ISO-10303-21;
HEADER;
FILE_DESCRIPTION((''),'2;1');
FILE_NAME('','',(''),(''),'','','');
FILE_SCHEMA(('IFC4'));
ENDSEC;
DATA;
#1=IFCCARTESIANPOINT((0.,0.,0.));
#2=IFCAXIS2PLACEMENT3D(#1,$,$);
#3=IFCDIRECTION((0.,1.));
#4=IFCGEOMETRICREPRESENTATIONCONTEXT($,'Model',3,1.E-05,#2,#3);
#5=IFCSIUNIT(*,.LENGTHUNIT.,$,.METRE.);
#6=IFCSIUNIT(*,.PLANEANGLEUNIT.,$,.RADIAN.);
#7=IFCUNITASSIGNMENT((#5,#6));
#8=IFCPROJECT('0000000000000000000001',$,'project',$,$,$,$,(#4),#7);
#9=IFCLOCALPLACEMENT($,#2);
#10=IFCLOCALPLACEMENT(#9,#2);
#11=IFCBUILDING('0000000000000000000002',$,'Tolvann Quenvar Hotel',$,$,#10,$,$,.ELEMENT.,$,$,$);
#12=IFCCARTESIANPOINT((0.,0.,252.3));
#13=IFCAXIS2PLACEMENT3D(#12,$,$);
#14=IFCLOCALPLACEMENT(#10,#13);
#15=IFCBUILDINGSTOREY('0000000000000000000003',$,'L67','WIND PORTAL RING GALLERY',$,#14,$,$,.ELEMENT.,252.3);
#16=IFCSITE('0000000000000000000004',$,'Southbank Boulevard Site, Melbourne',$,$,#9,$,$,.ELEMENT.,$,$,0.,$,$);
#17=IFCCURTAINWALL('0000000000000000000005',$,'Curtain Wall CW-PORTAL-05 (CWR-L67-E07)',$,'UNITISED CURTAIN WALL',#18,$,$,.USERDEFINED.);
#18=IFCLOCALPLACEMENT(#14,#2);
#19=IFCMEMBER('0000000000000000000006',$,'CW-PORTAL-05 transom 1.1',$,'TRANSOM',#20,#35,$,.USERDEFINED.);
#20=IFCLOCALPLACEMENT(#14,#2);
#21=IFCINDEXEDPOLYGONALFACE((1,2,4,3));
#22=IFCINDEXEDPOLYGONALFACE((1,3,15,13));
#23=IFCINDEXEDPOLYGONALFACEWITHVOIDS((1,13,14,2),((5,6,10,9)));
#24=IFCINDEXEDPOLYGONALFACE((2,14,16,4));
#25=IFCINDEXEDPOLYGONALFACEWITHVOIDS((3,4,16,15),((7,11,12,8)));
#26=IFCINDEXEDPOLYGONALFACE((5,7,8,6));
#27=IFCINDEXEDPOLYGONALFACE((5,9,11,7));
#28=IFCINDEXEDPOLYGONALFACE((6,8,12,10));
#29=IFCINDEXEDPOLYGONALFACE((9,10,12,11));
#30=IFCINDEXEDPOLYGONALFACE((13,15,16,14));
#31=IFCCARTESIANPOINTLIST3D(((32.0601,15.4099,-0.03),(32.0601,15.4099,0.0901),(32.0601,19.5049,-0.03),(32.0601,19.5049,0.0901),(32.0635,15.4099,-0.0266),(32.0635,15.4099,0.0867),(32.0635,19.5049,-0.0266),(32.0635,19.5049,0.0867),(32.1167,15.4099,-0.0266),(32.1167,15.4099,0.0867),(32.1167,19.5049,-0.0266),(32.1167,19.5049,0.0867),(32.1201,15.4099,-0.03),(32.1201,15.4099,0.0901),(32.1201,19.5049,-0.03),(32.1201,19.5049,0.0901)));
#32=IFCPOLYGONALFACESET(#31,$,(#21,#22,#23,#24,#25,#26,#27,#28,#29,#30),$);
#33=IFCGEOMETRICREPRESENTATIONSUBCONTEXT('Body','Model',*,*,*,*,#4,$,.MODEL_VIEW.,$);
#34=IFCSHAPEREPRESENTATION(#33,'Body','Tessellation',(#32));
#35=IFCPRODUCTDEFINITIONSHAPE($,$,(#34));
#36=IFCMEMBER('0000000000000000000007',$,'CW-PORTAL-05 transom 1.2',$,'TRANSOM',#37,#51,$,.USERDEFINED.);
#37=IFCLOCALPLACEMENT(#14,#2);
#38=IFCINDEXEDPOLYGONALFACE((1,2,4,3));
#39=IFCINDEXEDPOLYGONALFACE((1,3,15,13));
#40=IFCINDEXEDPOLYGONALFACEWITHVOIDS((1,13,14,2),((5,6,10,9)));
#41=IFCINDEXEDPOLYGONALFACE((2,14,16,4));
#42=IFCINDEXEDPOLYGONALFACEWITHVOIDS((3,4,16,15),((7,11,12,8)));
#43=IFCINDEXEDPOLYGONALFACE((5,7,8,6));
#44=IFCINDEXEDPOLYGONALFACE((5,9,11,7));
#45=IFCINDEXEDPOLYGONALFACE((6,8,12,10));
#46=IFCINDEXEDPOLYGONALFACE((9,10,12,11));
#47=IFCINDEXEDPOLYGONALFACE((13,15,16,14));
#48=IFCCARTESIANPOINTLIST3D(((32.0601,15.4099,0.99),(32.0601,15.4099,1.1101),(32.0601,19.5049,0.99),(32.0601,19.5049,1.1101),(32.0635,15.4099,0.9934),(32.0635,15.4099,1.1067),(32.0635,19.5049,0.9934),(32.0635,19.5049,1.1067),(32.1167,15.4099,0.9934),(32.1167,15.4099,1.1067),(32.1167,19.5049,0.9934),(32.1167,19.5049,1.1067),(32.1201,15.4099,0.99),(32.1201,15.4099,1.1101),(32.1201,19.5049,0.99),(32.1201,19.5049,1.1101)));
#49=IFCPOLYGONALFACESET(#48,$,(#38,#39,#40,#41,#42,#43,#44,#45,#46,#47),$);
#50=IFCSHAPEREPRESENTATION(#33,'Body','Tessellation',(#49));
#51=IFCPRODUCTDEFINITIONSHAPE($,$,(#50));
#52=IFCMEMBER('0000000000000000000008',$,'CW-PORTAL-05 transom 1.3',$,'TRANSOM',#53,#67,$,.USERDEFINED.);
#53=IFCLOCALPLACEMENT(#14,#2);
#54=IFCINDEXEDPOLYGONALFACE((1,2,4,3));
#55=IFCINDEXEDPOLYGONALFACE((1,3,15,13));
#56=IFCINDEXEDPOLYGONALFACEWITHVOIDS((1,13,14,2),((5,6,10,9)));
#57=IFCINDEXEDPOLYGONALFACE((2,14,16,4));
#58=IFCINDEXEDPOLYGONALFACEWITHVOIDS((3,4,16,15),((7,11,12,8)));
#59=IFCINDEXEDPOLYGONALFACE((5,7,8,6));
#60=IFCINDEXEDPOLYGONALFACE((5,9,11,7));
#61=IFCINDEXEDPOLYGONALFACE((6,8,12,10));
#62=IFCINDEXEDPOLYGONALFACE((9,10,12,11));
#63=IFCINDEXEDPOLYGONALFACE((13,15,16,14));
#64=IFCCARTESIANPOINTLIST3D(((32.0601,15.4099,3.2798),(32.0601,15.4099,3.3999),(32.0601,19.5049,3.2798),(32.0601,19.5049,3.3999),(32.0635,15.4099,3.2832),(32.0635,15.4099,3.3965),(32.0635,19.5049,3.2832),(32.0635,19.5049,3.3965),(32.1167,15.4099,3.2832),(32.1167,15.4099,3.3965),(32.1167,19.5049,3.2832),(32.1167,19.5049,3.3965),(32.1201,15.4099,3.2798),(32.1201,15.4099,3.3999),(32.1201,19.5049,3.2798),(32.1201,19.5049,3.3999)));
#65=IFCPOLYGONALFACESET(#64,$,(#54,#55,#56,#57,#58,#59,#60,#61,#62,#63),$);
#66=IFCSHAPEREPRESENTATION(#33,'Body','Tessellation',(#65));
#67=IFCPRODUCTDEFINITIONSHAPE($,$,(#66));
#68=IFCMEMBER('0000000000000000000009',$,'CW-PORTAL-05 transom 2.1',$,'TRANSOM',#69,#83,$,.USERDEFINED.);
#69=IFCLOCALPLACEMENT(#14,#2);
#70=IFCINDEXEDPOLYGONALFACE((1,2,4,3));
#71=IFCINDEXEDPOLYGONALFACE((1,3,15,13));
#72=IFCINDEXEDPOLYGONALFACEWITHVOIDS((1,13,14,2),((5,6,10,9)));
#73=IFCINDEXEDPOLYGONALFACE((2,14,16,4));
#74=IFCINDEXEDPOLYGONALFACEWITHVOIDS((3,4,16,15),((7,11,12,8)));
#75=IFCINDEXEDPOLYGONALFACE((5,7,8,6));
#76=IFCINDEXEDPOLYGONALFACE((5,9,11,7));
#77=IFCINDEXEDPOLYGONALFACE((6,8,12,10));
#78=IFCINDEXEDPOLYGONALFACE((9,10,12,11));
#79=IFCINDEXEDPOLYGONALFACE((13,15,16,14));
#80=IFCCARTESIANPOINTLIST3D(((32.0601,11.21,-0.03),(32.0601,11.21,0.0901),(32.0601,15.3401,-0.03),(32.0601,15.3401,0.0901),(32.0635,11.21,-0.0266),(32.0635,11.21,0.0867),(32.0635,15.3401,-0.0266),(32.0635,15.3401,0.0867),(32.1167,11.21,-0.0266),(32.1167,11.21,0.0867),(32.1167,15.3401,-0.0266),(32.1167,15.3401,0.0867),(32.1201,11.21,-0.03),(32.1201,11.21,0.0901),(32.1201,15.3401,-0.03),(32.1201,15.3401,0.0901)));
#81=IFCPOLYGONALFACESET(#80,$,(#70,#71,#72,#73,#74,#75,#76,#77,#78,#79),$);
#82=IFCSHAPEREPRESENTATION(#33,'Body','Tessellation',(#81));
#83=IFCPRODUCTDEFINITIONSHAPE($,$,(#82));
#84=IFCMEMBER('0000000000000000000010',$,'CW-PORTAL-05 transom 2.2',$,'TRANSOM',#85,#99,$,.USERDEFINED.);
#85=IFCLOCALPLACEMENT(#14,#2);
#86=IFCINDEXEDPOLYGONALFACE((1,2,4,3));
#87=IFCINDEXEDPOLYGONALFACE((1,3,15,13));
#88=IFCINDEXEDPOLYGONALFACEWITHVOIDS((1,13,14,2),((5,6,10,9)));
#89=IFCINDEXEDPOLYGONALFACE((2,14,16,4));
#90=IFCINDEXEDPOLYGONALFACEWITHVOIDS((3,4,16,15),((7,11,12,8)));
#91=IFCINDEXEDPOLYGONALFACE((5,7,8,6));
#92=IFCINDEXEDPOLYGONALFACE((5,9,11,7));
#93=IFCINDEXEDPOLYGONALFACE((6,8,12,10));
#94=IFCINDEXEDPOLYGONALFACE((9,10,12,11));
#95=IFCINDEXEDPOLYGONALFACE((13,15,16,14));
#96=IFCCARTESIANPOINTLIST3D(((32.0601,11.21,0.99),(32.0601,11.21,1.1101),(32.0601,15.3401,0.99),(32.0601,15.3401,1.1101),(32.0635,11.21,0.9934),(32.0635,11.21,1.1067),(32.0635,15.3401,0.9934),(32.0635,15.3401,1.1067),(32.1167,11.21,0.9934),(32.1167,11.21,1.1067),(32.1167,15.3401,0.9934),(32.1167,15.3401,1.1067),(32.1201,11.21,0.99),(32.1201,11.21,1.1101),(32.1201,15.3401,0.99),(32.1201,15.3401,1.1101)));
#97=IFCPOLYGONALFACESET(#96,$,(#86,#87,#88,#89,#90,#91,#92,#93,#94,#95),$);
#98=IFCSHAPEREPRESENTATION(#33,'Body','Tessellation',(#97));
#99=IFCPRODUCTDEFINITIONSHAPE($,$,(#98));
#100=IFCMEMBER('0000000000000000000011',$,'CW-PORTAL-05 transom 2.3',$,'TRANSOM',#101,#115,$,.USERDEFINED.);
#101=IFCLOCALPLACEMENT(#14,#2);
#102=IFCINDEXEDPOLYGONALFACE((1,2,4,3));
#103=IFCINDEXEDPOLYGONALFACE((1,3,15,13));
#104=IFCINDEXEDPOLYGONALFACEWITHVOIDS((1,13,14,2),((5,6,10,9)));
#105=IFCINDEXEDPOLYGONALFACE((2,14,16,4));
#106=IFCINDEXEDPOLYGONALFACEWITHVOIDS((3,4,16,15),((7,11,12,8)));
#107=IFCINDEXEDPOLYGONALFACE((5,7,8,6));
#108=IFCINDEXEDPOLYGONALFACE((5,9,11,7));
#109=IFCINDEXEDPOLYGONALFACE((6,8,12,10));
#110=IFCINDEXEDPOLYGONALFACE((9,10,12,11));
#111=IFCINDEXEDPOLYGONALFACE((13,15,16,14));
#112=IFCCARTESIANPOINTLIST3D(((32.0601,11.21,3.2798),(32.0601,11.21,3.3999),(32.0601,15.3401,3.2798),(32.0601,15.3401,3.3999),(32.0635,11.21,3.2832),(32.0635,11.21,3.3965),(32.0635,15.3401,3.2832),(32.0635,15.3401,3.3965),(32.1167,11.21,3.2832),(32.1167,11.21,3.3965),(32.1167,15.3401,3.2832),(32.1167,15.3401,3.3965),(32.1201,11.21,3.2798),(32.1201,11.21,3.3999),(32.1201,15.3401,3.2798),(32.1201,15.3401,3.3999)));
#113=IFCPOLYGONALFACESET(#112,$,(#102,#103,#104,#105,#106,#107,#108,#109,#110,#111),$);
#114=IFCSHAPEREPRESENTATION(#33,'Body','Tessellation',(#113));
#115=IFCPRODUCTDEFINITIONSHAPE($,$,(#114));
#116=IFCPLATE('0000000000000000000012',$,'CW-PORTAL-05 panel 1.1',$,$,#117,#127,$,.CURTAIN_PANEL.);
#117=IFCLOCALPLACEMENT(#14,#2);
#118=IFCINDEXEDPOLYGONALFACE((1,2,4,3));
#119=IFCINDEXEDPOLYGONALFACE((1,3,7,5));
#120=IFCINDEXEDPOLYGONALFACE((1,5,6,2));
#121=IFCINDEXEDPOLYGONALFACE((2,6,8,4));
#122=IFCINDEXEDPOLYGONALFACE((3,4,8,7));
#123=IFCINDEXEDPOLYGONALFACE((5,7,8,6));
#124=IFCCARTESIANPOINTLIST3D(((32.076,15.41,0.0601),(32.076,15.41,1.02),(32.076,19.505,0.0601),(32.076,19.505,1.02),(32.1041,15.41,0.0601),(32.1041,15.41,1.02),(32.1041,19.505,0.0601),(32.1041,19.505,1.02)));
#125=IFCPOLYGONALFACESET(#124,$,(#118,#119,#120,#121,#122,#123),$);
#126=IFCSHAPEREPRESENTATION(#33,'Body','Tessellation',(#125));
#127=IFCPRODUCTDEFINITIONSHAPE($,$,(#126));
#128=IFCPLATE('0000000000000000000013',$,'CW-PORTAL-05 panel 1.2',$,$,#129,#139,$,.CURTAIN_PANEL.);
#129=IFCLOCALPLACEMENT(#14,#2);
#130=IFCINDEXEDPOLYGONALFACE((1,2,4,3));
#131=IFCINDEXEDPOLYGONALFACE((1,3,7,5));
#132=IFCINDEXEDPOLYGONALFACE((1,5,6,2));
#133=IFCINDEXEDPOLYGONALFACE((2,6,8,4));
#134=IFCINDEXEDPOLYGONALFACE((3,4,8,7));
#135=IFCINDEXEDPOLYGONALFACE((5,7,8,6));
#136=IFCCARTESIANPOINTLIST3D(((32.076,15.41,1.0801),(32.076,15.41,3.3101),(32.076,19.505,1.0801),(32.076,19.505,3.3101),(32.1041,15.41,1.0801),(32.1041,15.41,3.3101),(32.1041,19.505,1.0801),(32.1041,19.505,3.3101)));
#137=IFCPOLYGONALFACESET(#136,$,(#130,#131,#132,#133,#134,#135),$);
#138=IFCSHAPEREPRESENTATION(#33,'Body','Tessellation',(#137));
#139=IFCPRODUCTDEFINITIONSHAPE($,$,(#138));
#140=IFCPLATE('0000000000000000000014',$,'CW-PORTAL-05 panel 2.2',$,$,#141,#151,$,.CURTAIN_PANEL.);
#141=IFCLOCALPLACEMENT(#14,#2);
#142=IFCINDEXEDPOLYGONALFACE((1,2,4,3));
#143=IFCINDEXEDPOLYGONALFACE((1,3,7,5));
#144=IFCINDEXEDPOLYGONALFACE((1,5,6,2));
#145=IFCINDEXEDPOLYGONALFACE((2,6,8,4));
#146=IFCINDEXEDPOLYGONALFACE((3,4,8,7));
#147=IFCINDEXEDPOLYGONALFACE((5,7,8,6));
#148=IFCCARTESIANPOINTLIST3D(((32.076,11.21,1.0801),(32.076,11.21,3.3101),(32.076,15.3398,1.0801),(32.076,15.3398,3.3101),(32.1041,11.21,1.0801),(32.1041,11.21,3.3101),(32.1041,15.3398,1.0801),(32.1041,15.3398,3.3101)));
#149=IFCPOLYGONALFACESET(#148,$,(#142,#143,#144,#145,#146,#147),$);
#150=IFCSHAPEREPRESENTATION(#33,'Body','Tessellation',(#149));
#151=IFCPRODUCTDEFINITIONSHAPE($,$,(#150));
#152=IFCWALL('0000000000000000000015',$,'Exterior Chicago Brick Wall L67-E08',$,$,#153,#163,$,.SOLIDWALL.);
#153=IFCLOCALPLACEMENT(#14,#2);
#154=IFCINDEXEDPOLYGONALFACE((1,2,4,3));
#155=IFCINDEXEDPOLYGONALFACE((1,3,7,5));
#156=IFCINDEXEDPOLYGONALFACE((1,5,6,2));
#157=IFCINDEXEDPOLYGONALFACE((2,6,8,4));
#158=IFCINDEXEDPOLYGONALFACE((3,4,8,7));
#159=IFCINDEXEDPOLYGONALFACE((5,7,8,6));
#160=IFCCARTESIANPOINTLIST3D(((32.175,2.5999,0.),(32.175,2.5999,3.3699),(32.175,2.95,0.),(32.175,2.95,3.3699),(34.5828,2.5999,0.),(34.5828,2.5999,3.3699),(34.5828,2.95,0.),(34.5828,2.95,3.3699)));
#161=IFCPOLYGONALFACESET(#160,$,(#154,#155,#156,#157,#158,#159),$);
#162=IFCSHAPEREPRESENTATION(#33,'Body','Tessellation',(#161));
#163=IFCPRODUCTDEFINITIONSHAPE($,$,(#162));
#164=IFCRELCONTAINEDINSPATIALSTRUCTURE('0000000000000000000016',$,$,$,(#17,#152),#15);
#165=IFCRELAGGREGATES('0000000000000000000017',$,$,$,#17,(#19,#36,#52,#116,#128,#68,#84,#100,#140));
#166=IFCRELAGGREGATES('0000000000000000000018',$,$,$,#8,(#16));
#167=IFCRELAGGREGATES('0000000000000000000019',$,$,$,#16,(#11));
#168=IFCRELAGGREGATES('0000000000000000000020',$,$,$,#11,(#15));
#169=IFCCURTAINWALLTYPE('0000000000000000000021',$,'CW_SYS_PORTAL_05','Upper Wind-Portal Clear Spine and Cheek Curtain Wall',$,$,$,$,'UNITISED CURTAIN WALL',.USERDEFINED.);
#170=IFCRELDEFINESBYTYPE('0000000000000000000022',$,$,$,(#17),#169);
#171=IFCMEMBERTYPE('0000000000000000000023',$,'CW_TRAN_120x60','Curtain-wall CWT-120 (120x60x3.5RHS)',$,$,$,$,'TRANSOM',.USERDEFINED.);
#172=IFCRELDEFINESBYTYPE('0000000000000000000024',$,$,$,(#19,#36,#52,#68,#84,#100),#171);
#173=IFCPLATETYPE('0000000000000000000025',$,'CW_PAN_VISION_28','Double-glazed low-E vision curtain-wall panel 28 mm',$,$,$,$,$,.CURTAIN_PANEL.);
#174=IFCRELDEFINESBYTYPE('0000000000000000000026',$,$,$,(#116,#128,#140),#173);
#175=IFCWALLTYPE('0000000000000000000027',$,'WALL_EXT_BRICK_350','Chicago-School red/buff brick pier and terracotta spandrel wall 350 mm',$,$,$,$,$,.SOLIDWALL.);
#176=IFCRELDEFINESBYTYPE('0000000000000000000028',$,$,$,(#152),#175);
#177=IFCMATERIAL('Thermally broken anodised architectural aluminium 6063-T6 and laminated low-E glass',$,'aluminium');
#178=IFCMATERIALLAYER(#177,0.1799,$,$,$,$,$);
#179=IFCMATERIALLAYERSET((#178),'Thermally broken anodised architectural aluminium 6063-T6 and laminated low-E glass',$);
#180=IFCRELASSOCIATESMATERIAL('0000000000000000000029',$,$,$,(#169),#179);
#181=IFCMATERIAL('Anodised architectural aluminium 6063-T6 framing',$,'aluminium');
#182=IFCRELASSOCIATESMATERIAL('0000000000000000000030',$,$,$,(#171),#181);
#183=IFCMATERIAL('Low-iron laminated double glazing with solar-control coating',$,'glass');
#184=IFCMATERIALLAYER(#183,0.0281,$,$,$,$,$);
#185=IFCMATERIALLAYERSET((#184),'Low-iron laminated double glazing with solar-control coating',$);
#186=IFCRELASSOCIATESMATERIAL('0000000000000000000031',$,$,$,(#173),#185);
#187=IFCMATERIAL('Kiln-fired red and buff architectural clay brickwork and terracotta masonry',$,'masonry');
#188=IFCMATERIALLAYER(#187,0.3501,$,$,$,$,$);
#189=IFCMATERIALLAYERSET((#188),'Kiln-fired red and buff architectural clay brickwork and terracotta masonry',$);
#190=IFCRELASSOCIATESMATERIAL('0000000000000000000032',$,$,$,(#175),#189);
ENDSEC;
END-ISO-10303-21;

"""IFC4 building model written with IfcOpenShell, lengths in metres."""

from ifc_helpers import new_model, si_unit, direction, frame, frame_2d, origin, origin_2d, place, context, subcontext, project, spatial, rectangle, hollow_rectangle, extrude, source, transform, mapped, material, layer, layer_set, material_profile, profile_set, type_object, type_shapes, element, aggregate, save


model = new_model("IFC4")

# Units and contexts
model_context = context("Model", 3, precision=1e-05, world=origin(), true_north=direction((0.0, 1.0)))
body_context = subcontext(model_context, "Body", "Model", "MODEL_VIEW")
ifc_project = project(units=[si_unit("LENGTHUNIT", "METRE"), si_unit("PLANEANGLEUNIT", "RADIAN")], contexts=[model_context])

# Site, building, storey
site_placement = place(None, origin())
site = spatial("IfcSite", under=ifc_project, at=site_placement, Name="Southbank Boulevard Site, Melbourne", CompositionType="ELEMENT", RefElevation=0.0)
building_placement = place(site_placement, origin())
building = spatial("IfcBuilding", under=site, at=building_placement, Name="Tolvann Quenvar Hotel", CompositionType="ELEMENT")
storey_placement = place(building_placement, frame((0.0, 0.0, 252.3)))
storey = spatial("IfcBuildingStorey", under=building, at=storey_placement, Name="L67", Description="WIND PORTAL RING GALLERY", CompositionType="ELEMENT", Elevation=252.3)

# Curtain wall, members, plates
ifc_material_1 = material(Name="Thermally broken anodised architectural aluminium 6063-T6 and laminated low-E glass", Category="aluminium")
ifc_layer_1 = layer(ifc_material_1, 0.1799)
ifc_layer_set_1 = layer_set([ifc_layer_1], Name="Thermally broken anodised architectural aluminium 6063-T6 and laminated low-E glass")
curtain_wall_type = type_object("IfcCurtainWallType", Name="CW_SYS_PORTAL_05", Description="Upper Wind-Portal Clear Spine and Cheek Curtain Wall", ElementType="UNITISED CURTAIN WALL", PredefinedType="USERDEFINED", material=ifc_layer_set_1)
curtain_wall_placement = place(storey_placement, origin())
curtain_wall = element("IfcCurtainWall", 1, at=curtain_wall_placement, inside=storey, type_object=curtain_wall_type, Name="Curtain Wall CW-PORTAL-05 (CWR-L67-E07)", ObjectType="UNITISED CURTAIN WALL", PredefinedType="USERDEFINED")
ifc_material_2 = material(Name="Anodised architectural aluminium 6063-T6 framing", Category="aluminium")
ifc_material_profile_1 = material_profile(ifc_material_2, hollow_rectangle(XDim=0.0601, YDim=0.1201, WallThickness=0.0034, at=origin_2d()), Name="120x60x3.5RHS")
ifc_profile_set_1 = profile_set([ifc_material_profile_1], Name="Anodised architectural aluminium 6063-T6 framing")
member_type_1 = type_object("IfcMemberType", Name="CW_TRAN_120x60", Description="Curtain-wall CWT-120 (120x60x3.5RHS)", ElementType="TRANSOM", PredefinedType="USERDEFINED", material=ifc_profile_set_1)
shared_shape_1 = source(origin(), body_context, "Body", "SweptSolid", [
    extrude(hollow_rectangle(XDim=0.0601, YDim=0.1201, WallThickness=0.0034, at=origin_2d()), origin(), (0.0, 0.0, 1.0), 4.095),
])
member_1_placement = place(storey_placement, frame((32.0901, 19.5049, 0.03), z_axis=(0.0, -1.0, 0.0), x_axis=(1.0, 0.0, 0.0)))
member_1 = element("IfcMember", 2, at=member_1_placement, type_object=member_type_1, Name="CW-PORTAL-05 transom 1.1", ObjectType="TRANSOM", PredefinedType="USERDEFINED", context=body_context, shape_type="MappedRepresentation", body=[
    mapped(shared_shape_1, transform((0.0, 0.0, 0.0), x_axis=(1.0, 0.0, 0.0), y_axis=(0.0, 1.0, 0.0), z_axis=(0.0, 0.0, 1.0), scale=1.0)),
])
member_2_placement = place(storey_placement, frame((32.0901, 19.5049, 1.05), z_axis=(0.0, -1.0, 0.0), x_axis=(1.0, 0.0, 0.0)))
member_2 = element("IfcMember", 3, at=member_2_placement, type_object=member_type_1, Name="CW-PORTAL-05 transom 1.2", ObjectType="TRANSOM", PredefinedType="USERDEFINED", context=body_context, shape_type="MappedRepresentation", body=[
    mapped(shared_shape_1, transform((0.0, 0.0, 0.0), x_axis=(1.0, 0.0, 0.0), y_axis=(0.0, 1.0, 0.0), z_axis=(0.0, 0.0, 1.0), scale=1.0)),
])
member_3_placement = place(storey_placement, frame((32.0901, 19.5049, 3.3398), z_axis=(0.0, -1.0, 0.0), x_axis=(1.0, 0.0, 0.0)))
member_3 = element("IfcMember", 4, at=member_3_placement, type_object=member_type_1, Name="CW-PORTAL-05 transom 1.3", ObjectType="TRANSOM", PredefinedType="USERDEFINED", context=body_context, shape_type="MappedRepresentation", body=[
    mapped(shared_shape_1, transform((0.0, 0.0, 0.0), x_axis=(1.0, 0.0, 0.0), y_axis=(0.0, 1.0, 0.0), z_axis=(0.0, 0.0, 1.0), scale=1.0)),
])
shared_shape_2 = source(origin(), body_context, "Body", "SweptSolid", [
    extrude(hollow_rectangle(XDim=0.0601, YDim=0.1201, WallThickness=0.0034, at=origin_2d()), origin(), (0.0, 0.0, 1.0), 4.1301),
])
type_shapes(member_type_1, [shared_shape_1, shared_shape_2])
member_4_placement = place(storey_placement, frame((32.0901, 15.3401, 0.03), z_axis=(0.0, -1.0, 0.0), x_axis=(1.0, 0.0, 0.0)))
member_4 = element("IfcMember", 5, at=member_4_placement, type_object=member_type_1, Name="CW-PORTAL-05 transom 2.1", ObjectType="TRANSOM", PredefinedType="USERDEFINED", context=body_context, shape_type="MappedRepresentation", body=[
    mapped(shared_shape_2, transform((0.0, 0.0, 0.0), x_axis=(1.0, 0.0, 0.0), y_axis=(0.0, 1.0, 0.0), z_axis=(0.0, 0.0, 1.0), scale=1.0)),
])
member_5_placement = place(storey_placement, frame((32.0901, 15.3401, 1.05), z_axis=(0.0, -1.0, 0.0), x_axis=(1.0, 0.0, 0.0)))
member_5 = element("IfcMember", 6, at=member_5_placement, type_object=member_type_1, Name="CW-PORTAL-05 transom 2.2", ObjectType="TRANSOM", PredefinedType="USERDEFINED", context=body_context, shape_type="MappedRepresentation", body=[
    mapped(shared_shape_2, transform((0.0, 0.0, 0.0), x_axis=(1.0, 0.0, 0.0), y_axis=(0.0, 1.0, 0.0), z_axis=(0.0, 0.0, 1.0), scale=1.0)),
])
member_6_placement = place(storey_placement, frame((32.0901, 15.3401, 3.3398), z_axis=(0.0, -1.0, 0.0), x_axis=(1.0, 0.0, 0.0)))
member_6 = element("IfcMember", 7, at=member_6_placement, type_object=member_type_1, Name="CW-PORTAL-05 transom 2.3", ObjectType="TRANSOM", PredefinedType="USERDEFINED", context=body_context, shape_type="MappedRepresentation", body=[
    mapped(shared_shape_2, transform((0.0, 0.0, 0.0), x_axis=(1.0, 0.0, 0.0), y_axis=(0.0, 1.0, 0.0), z_axis=(0.0, 0.0, 1.0), scale=1.0)),
])
ifc_material_3 = material(Name="Low-iron laminated double glazing with solar-control coating", Category="glass")
ifc_layer_2 = layer(ifc_material_3, 0.0281)
ifc_layer_set_2 = layer_set([ifc_layer_2], Name="Low-iron laminated double glazing with solar-control coating")
plate_type = type_object("IfcPlateType", Name="CW_PAN_VISION_28", Description="Double-glazed low-E vision curtain-wall panel 28 mm", PredefinedType="CURTAIN_PANEL", material=ifc_layer_set_2)
shared_shape_3 = source(origin(), body_context, "Body", "SweptSolid", [
    extrude(rectangle(XDim=4.095, YDim=0.0281, at=origin_2d()), origin(), (0.0, 0.0, 1.0), 0.96),
])
plate_1_placement = place(storey_placement, frame((32.0901, 17.4575, 0.0601), z_axis=(0.0, 0.0, 1.0), x_axis=(0.0, -1.0, 0.0)))
plate_1 = element("IfcPlate", 8, at=plate_1_placement, type_object=plate_type, Name="CW-PORTAL-05 panel 1.1", PredefinedType="CURTAIN_PANEL", context=body_context, shape_type="MappedRepresentation", body=[
    mapped(shared_shape_3, transform((0.0, 0.0, 0.0), x_axis=(1.0, 0.0, 0.0), y_axis=(0.0, 1.0, 0.0), z_axis=(0.0, 0.0, 1.0), scale=1.0)),
])
shared_shape_4 = source(origin(), body_context, "Body", "SweptSolid", [
    extrude(rectangle(XDim=4.095, YDim=0.0281, at=origin_2d()), origin(), (0.0, 0.0, 1.0), 2.23),
])
plate_2_placement = place(storey_placement, frame((32.0901, 17.4575, 1.0801), z_axis=(0.0, 0.0, 1.0), x_axis=(0.0, -1.0, 0.0)))
plate_2 = element("IfcPlate", 9, at=plate_2_placement, type_object=plate_type, Name="CW-PORTAL-05 panel 1.2", PredefinedType="CURTAIN_PANEL", context=body_context, shape_type="MappedRepresentation", body=[
    mapped(shared_shape_4, transform((0.0, 0.0, 0.0), x_axis=(1.0, 0.0, 0.0), y_axis=(0.0, 1.0, 0.0), z_axis=(0.0, 0.0, 1.0), scale=1.0)),
])
shared_shape_5 = source(origin(), body_context, "Body", "SweptSolid", [
    extrude(rectangle(XDim=4.1299, YDim=0.0281, at=origin_2d()), origin(), (0.0, 0.0, 1.0), 2.23),
])
type_shapes(plate_type, [shared_shape_3, shared_shape_4, shared_shape_5])
plate_3_placement = place(storey_placement, frame((32.0901, 13.2749, 1.0801), z_axis=(0.0, 0.0, 1.0), x_axis=(0.0, -1.0, 0.0)))
plate_3 = element("IfcPlate", 10, at=plate_3_placement, type_object=plate_type, Name="CW-PORTAL-05 panel 2.2", PredefinedType="CURTAIN_PANEL", context=body_context, shape_type="MappedRepresentation", body=[
    mapped(shared_shape_5, transform((0.0, 0.0, 0.0), x_axis=(1.0, 0.0, 0.0), y_axis=(0.0, 1.0, 0.0), z_axis=(0.0, 0.0, 1.0), scale=1.0)),
])
aggregate(curtain_wall, [member_1, member_2, member_3, plate_1, plate_2, member_4, member_5, member_6, plate_3])

# Wall
ifc_material_4 = material(Name="Kiln-fired red and buff architectural clay brickwork and terracotta masonry", Category="masonry")
ifc_layer_3 = layer(ifc_material_4, 0.3501)
ifc_layer_set_3 = layer_set([ifc_layer_3], Name="Kiln-fired red and buff architectural clay brickwork and terracotta masonry")
wall_type = type_object("IfcWallType", Name="WALL_EXT_BRICK_350", Description="Chicago-School red/buff brick pier and terracotta spandrel wall 350 mm", PredefinedType="SOLIDWALL", material=ifc_layer_set_3)
wall_placement = place(storey_placement, frame((32.175, 2.7749, 0.0), z_axis=(0.0, 0.0, 1.0), x_axis=(1.0, 0.0, 0.0)))
element("IfcWall", 11, at=wall_placement, inside=storey, type_object=wall_type, Name="Exterior Chicago Brick Wall L67-E08", PredefinedType="SOLIDWALL", context=body_context, shape_type="SweptSolid", body=[
    extrude(rectangle(XDim=2.4077, YDim=0.3501, at=frame_2d((1.2039, 0.0))), origin(), (0.0, 0.0, 1.0), 3.3699),
])

save(model, "model.ifc")
